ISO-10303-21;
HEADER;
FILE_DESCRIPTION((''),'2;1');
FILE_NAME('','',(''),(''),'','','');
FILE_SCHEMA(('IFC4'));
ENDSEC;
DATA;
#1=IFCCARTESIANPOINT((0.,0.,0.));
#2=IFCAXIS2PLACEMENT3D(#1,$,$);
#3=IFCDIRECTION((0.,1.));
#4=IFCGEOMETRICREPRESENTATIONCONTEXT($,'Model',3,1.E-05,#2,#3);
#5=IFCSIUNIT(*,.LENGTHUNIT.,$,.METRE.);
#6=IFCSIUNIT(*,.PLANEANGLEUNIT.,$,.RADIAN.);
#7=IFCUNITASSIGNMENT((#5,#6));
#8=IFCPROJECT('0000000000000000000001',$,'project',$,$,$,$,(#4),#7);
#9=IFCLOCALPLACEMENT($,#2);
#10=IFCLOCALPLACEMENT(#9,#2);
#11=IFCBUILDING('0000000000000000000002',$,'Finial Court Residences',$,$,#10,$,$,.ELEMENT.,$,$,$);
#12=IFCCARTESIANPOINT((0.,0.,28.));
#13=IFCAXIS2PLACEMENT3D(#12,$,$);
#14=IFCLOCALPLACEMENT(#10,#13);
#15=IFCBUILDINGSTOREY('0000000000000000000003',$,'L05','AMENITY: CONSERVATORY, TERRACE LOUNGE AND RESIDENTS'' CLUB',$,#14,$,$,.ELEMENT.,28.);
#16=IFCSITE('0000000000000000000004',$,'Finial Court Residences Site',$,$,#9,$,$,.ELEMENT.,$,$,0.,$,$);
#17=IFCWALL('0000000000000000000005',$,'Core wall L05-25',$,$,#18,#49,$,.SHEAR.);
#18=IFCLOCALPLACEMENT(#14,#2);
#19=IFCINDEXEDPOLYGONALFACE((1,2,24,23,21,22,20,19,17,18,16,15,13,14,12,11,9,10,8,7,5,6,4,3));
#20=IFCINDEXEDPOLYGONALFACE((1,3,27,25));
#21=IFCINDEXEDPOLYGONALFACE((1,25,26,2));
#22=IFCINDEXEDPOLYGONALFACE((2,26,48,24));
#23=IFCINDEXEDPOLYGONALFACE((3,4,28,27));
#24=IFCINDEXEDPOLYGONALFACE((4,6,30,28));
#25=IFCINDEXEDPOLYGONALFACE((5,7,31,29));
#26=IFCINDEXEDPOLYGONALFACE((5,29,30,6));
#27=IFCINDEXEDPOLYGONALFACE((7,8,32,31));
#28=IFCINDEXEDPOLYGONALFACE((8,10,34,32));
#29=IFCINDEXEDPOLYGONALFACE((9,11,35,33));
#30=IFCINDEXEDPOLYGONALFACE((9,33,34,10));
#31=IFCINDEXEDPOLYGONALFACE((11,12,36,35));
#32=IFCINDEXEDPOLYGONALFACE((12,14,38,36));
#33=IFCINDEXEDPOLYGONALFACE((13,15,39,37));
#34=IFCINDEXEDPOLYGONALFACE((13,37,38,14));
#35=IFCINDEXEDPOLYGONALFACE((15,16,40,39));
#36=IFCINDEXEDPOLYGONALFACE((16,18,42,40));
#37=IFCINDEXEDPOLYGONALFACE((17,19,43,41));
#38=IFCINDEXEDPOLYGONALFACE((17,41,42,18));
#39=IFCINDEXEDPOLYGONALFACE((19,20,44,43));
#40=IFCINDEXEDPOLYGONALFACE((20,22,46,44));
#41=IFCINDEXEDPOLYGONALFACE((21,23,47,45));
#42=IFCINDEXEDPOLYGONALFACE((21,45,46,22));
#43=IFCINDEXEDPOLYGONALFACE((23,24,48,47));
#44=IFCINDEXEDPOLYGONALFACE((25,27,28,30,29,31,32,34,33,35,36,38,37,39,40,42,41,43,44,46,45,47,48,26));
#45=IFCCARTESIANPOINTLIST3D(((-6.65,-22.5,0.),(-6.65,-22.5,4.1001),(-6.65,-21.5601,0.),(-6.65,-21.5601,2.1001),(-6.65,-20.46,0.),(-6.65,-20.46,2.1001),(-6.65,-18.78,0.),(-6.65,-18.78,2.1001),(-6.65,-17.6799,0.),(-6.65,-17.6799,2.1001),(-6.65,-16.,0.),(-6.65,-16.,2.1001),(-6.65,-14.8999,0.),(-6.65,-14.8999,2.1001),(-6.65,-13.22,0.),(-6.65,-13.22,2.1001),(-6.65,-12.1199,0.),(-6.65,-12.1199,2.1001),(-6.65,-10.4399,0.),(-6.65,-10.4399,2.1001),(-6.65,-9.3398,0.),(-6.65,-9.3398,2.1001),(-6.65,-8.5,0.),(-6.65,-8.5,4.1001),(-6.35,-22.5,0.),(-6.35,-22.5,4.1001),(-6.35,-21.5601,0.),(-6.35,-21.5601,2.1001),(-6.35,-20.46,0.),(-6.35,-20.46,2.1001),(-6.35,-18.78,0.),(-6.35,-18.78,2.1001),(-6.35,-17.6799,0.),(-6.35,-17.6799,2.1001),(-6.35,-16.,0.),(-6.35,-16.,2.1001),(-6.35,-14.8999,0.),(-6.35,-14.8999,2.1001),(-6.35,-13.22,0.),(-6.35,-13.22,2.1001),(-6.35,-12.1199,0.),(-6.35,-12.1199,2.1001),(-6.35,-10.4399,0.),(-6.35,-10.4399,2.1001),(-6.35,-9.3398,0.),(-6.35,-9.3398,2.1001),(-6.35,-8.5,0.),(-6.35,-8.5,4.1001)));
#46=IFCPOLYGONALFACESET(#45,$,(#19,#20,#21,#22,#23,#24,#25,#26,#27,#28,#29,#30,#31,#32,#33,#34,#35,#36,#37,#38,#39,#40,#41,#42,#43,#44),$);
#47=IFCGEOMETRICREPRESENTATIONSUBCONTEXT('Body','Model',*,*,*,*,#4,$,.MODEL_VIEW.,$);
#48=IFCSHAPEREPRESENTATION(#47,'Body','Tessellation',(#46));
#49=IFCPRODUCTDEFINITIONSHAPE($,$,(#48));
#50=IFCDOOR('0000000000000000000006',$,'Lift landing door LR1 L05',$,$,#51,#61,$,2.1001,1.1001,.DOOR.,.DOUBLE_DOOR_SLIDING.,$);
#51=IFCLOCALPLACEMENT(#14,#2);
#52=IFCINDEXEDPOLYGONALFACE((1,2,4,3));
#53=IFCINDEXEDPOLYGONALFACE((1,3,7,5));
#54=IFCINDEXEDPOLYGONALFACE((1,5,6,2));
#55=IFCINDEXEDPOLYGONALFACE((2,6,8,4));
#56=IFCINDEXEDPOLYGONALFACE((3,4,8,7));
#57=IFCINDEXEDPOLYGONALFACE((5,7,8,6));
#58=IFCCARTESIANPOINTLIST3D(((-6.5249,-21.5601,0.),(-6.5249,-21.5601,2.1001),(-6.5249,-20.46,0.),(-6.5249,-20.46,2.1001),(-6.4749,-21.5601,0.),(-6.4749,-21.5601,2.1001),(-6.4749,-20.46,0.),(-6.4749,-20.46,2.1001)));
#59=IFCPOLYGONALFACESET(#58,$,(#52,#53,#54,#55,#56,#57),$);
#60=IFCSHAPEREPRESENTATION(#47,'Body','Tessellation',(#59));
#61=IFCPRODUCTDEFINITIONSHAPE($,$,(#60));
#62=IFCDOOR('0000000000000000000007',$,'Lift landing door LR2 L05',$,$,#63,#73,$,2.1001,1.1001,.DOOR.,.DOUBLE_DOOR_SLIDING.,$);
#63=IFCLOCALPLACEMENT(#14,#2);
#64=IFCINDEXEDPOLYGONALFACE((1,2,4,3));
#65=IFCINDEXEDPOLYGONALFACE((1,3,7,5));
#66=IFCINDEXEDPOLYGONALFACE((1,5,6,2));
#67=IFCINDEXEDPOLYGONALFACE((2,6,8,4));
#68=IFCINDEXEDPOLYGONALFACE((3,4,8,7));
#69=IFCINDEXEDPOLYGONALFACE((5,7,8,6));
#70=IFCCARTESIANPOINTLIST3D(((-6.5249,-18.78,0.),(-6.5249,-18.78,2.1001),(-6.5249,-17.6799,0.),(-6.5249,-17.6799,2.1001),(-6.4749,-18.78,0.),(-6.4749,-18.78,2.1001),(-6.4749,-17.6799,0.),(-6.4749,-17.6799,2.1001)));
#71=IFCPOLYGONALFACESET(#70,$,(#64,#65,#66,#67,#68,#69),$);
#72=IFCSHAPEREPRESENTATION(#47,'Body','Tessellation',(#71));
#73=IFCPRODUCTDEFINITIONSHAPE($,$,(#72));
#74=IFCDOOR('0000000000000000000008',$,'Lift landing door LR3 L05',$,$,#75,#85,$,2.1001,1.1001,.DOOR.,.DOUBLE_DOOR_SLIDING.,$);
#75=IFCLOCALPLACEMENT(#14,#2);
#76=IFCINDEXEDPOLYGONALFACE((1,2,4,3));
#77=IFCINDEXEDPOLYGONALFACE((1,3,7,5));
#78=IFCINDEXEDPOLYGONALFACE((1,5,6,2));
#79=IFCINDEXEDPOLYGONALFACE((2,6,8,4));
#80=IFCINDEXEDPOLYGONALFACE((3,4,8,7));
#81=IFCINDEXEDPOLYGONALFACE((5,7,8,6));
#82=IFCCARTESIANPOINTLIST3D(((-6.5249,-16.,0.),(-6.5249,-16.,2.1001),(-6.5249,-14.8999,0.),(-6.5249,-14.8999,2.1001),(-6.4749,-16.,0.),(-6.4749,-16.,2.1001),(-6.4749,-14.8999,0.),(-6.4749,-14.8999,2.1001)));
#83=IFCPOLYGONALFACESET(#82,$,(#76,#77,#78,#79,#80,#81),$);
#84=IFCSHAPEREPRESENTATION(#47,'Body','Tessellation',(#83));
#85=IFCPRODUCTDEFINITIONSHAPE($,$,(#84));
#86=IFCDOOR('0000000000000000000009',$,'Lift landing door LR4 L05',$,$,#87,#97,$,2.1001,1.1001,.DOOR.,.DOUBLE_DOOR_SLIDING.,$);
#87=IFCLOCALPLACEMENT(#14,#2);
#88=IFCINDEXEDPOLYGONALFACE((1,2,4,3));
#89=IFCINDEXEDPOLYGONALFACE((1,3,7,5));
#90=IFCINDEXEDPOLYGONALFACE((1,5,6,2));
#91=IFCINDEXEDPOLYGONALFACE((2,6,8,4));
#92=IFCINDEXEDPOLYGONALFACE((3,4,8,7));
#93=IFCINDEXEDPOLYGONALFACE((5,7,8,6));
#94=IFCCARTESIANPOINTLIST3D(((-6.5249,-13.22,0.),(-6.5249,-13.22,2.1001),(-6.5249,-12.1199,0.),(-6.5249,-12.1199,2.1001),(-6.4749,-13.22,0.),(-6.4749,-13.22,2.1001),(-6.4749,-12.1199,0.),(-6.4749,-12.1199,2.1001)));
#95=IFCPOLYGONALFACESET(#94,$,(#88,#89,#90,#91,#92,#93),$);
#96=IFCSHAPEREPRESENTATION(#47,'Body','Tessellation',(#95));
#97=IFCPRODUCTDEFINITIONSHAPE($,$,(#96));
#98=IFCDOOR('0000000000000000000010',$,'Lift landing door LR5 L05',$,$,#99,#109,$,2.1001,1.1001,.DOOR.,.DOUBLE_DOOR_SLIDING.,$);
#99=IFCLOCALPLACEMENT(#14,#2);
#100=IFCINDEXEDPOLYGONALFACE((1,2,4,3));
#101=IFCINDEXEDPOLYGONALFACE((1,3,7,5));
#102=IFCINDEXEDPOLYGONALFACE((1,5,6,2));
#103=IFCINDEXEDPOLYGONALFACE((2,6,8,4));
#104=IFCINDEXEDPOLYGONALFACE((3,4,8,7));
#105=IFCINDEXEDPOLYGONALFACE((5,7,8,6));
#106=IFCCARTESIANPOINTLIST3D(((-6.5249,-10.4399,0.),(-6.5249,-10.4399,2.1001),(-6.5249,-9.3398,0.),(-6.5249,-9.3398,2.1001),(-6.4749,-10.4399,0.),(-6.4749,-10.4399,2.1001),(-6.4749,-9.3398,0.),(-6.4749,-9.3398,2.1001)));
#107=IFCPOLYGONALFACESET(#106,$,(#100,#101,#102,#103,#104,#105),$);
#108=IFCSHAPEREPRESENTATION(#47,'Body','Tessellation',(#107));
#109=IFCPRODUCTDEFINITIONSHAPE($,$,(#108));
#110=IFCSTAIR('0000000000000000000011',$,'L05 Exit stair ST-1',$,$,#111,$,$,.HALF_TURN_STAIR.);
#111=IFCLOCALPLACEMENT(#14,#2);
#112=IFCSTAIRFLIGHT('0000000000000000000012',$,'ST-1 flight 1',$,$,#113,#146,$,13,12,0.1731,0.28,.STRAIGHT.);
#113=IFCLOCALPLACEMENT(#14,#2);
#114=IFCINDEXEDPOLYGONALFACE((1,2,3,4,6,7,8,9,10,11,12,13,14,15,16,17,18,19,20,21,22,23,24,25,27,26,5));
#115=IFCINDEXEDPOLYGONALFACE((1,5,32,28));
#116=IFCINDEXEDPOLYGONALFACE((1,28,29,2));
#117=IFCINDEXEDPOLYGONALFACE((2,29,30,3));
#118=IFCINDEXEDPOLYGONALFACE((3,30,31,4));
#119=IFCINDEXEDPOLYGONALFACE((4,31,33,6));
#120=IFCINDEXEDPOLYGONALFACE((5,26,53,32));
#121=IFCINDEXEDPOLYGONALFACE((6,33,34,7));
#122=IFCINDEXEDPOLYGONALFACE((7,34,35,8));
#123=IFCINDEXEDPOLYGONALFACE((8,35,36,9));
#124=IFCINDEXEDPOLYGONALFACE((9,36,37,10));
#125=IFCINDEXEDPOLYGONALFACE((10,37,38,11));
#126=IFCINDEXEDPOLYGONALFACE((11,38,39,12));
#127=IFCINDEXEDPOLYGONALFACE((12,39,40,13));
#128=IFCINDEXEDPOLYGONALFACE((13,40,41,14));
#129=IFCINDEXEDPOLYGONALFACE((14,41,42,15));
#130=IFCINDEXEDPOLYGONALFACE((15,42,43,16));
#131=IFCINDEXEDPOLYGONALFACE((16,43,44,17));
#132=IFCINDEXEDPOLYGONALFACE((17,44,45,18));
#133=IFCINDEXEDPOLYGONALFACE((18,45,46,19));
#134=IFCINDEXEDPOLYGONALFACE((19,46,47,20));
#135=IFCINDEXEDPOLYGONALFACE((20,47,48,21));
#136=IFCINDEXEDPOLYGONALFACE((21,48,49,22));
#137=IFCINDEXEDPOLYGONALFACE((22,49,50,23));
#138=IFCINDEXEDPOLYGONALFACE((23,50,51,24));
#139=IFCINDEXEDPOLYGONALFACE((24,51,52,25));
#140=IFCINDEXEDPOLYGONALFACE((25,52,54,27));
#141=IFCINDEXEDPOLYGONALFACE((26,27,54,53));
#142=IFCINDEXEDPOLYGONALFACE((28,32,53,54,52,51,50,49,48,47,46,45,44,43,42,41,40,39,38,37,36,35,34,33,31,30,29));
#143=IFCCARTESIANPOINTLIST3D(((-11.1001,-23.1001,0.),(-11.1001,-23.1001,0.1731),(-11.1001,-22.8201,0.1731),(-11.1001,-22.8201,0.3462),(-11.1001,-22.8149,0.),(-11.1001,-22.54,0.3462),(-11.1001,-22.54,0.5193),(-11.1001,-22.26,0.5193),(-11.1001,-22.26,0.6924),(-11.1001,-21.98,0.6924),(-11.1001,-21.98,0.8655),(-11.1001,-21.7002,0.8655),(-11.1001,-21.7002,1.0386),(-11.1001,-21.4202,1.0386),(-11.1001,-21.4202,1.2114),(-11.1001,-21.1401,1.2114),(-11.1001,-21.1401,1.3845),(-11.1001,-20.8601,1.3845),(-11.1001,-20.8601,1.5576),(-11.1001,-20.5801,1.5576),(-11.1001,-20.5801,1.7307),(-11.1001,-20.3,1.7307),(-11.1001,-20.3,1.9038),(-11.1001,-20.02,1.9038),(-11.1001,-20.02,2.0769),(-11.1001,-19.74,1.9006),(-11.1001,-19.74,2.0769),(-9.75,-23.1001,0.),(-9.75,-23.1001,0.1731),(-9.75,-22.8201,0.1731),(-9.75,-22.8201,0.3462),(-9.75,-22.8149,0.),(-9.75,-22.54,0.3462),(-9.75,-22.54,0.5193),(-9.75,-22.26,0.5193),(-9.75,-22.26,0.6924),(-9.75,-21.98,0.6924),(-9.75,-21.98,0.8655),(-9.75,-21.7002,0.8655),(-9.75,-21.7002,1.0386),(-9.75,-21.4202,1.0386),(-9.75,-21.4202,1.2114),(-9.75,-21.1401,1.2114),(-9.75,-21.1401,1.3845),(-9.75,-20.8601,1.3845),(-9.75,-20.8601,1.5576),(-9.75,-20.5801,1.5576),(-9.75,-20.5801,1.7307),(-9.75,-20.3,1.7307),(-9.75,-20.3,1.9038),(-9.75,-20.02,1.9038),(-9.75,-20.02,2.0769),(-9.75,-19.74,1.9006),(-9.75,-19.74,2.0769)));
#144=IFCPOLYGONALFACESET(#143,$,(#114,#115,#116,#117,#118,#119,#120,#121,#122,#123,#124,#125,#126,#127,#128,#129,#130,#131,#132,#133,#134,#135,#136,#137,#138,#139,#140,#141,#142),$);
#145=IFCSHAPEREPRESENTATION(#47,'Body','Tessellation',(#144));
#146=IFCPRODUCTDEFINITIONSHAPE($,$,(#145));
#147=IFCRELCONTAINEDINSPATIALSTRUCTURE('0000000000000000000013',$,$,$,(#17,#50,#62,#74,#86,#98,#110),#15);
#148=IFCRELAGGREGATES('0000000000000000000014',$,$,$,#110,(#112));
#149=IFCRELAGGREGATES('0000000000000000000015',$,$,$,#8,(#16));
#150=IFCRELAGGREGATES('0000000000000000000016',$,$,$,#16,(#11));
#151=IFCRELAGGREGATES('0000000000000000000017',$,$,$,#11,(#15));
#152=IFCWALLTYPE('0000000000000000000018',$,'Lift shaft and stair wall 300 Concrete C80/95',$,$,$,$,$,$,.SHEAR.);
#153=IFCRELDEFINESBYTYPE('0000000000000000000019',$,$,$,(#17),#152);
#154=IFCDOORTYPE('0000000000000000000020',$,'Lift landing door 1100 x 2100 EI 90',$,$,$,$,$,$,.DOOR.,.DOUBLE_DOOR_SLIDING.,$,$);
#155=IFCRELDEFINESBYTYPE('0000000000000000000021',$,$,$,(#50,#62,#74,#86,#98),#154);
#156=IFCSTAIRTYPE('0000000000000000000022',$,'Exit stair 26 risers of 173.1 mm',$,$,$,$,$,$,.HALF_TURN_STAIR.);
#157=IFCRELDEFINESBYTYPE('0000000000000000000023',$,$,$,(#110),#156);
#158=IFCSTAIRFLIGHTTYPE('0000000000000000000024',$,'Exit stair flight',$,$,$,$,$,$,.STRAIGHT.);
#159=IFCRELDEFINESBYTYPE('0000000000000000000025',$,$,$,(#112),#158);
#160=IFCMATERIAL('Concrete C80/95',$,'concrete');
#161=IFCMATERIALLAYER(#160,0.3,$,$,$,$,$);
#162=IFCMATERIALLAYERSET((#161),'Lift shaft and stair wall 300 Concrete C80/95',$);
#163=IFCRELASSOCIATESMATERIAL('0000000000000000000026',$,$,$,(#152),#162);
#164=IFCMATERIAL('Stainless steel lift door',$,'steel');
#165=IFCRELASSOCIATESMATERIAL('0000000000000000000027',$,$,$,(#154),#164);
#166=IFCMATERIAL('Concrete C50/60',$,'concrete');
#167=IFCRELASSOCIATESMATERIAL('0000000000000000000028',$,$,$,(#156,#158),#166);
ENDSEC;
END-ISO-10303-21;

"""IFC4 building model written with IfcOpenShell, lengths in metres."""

from ifc_helpers import new_model, si_unit, direction, frame, frame_2d, origin, place, context, subcontext, project, spatial, polyline, rectangle, outline, extrude, material, layer, layer_set, type_object, element, fill, aggregate, save


model = new_model("IFC4")

# Units and contexts
model_context = context("Model", 3, precision=1e-05, world=origin(), true_north=direction((0.0, 1.0)))
body_context = subcontext(model_context, "Body", "Model", "MODEL_VIEW")
ifc_project = project(units=[si_unit("LENGTHUNIT", "METRE"), si_unit("PLANEANGLEUNIT", "RADIAN")], contexts=[model_context])

# Site, building, storey
site_placement = place(None, origin())
site = spatial("IfcSite", under=ifc_project, at=site_placement, Name="Finial Court Residences Site", CompositionType="ELEMENT", RefElevation=0.0)
building_placement = place(site_placement, origin())
building = spatial("IfcBuilding", under=site, at=building_placement, Name="Finial Court Residences", CompositionType="ELEMENT")
storey_placement = place(building_placement, frame((0.0, 0.0, 28.0)))
storey = spatial("IfcBuildingStorey", under=building, at=storey_placement, Name="L05", Description="AMENITY: CONSERVATORY, TERRACE LOUNGE AND RESIDENTS' CLUB", CompositionType="ELEMENT", Elevation=28.0)

# Shared definitions
ifc_material_1 = material(Name="Concrete C50/60", Category="concrete")

# Shared definitions
ifc_material_2 = material(Name="Concrete C80/95", Category="concrete")
ifc_layer_1 = layer(ifc_material_2, 0.3)
ifc_layer_set_1 = layer_set([ifc_layer_1], Name="Lift shaft and stair wall 300 Concrete C80/95")
wall_type_1 = type_object("IfcWallType", Name="Lift shaft and stair wall 300 Concrete C80/95", PredefinedType="SHEAR", material=ifc_layer_set_1)

# Wall, openings, doors
wall_1_placement = place(storey_placement, frame((-6.5, -22.5, 0.0), z_axis=(0.0, 0.0, 1.0), x_axis=(0.0, 1.0, 0.0)))
wall_1 = element("IfcWall", 1, at=wall_1_placement, inside=storey, type_object=wall_type_1, Name="Core wall L05-25", PredefinedType="SHEAR", context=body_context, shape_type="SweptSolid", body=[
    extrude(rectangle(XDim=14.0, YDim=0.3, at=frame_2d((7.0, 0.0))), origin(), (0.0, 0.0, 1.0), 4.1001),
])
opening_1_placement = place(wall_1_placement, frame((0.9399, 0.0, 0.0)))
opening_1 = element("IfcOpeningElement", 2, at=opening_1_placement, cuts=wall_1, PredefinedType="OPENING", context=body_context, shape_type="SweptSolid", body=[
    extrude(rectangle(XDim=1.1001, YDim=2.1001, at=frame_2d((0.55, 1.05))), frame((0.0, 0.1599, 0.0), z_axis=(0.0, -1.0, 0.0), x_axis=(1.0, 0.0, 0.0)), (0.0, 0.0, 1.0), 0.3201),
])
opening_2_placement = place(wall_1_placement, frame((3.72, 0.0, 0.0)))
opening_2 = element("IfcOpeningElement", 3, at=opening_2_placement, cuts=wall_1, PredefinedType="OPENING", context=body_context, shape_type="SweptSolid", body=[
    extrude(rectangle(XDim=1.1001, YDim=2.1001, at=frame_2d((0.55, 1.05))), frame((0.0, 0.1599, 0.0), z_axis=(0.0, -1.0, 0.0), x_axis=(1.0, 0.0, 0.0)), (0.0, 0.0, 1.0), 0.3201),
])
opening_3_placement = place(wall_1_placement, frame((6.5, 0.0, 0.0)))
opening_3 = element("IfcOpeningElement", 4, at=opening_3_placement, cuts=wall_1, PredefinedType="OPENING", context=body_context, shape_type="SweptSolid", body=[
    extrude(rectangle(XDim=1.1001, YDim=2.1001, at=frame_2d((0.55, 1.05))), frame((0.0, 0.1599, 0.0), z_axis=(0.0, -1.0, 0.0), x_axis=(1.0, 0.0, 0.0)), (0.0, 0.0, 1.0), 0.3201),
])
opening_4_placement = place(wall_1_placement, frame((9.28, 0.0, 0.0)))
opening_4 = element("IfcOpeningElement", 5, at=opening_4_placement, cuts=wall_1, PredefinedType="OPENING", context=body_context, shape_type="SweptSolid", body=[
    extrude(rectangle(XDim=1.1001, YDim=2.1001, at=frame_2d((0.55, 1.05))), frame((0.0, 0.1599, 0.0), z_axis=(0.0, -1.0, 0.0), x_axis=(1.0, 0.0, 0.0)), (0.0, 0.0, 1.0), 0.3201),
])
opening_5_placement = place(wall_1_placement, frame((12.0601, 0.0, 0.0)))
opening_5 = element("IfcOpeningElement", 6, at=opening_5_placement, cuts=wall_1, PredefinedType="OPENING", context=body_context, shape_type="SweptSolid", body=[
    extrude(rectangle(XDim=1.1001, YDim=2.1001, at=frame_2d((0.55, 1.05))), frame((0.0, 0.1599, 0.0), z_axis=(0.0, -1.0, 0.0), x_axis=(1.0, 0.0, 0.0)), (0.0, 0.0, 1.0), 0.3201),
])
ifc_material_3 = material(Name="Stainless steel lift door", Category="steel")
door_type_1 = type_object("IfcDoorType", Name="Lift landing door 1100 x 2100 EI 90", OperationType="DOUBLE_DOOR_SLIDING", PredefinedType="DOOR", material=ifc_material_3)
door_1_placement = place(opening_1_placement, origin())
door_1 = element("IfcDoor", 7, at=door_1_placement, inside=storey, type_object=door_type_1, Name="Lift landing door LR1 L05", OperationType="DOUBLE_DOOR_SLIDING", OverallHeight=2.1001, OverallWidth=1.1001, PredefinedType="DOOR", context=body_context, shape_type="SweptSolid", body=[
    extrude(rectangle(XDim=1.1001, YDim=2.1001, at=frame_2d((0.55, 1.05))), frame((0.0, 0.0249, 0.0), z_axis=(0.0, -1.0, 0.0), x_axis=(1.0, 0.0, 0.0)), (0.0, 0.0, 1.0), 0.05),
])
fill(opening_1, door_1)
door_2_placement = place(opening_2_placement, origin())
door_2 = element("IfcDoor", 8, at=door_2_placement, inside=storey, type_object=door_type_1, Name="Lift landing door LR2 L05", OperationType="DOUBLE_DOOR_SLIDING", OverallHeight=2.1001, OverallWidth=1.1001, PredefinedType="DOOR", context=body_context, shape_type="SweptSolid", body=[
    extrude(rectangle(XDim=1.1001, YDim=2.1001, at=frame_2d((0.55, 1.05))), frame((0.0, 0.0249, 0.0), z_axis=(0.0, -1.0, 0.0), x_axis=(1.0, 0.0, 0.0)), (0.0, 0.0, 1.0), 0.05),
])
fill(opening_2, door_2)
door_3_placement = place(opening_3_placement, origin())
door_3 = element("IfcDoor", 9, at=door_3_placement, inside=storey, type_object=door_type_1, Name="Lift landing door LR3 L05", OperationType="DOUBLE_DOOR_SLIDING", OverallHeight=2.1001, OverallWidth=1.1001, PredefinedType="DOOR", context=body_context, shape_type="SweptSolid", body=[
    extrude(rectangle(XDim=1.1001, YDim=2.1001, at=frame_2d((0.55, 1.05))), frame((0.0, 0.0249, 0.0), z_axis=(0.0, -1.0, 0.0), x_axis=(1.0, 0.0, 0.0)), (0.0, 0.0, 1.0), 0.05),
])
fill(opening_3, door_3)
door_4_placement = place(opening_4_placement, origin())
door_4 = element("IfcDoor", 10, at=door_4_placement, inside=storey, type_object=door_type_1, Name="Lift landing door LR4 L05", OperationType="DOUBLE_DOOR_SLIDING", OverallHeight=2.1001, OverallWidth=1.1001, PredefinedType="DOOR", context=body_context, shape_type="SweptSolid", body=[
    extrude(rectangle(XDim=1.1001, YDim=2.1001, at=frame_2d((0.55, 1.05))), frame((0.0, 0.0249, 0.0), z_axis=(0.0, -1.0, 0.0), x_axis=(1.0, 0.0, 0.0)), (0.0, 0.0, 1.0), 0.05),
])
fill(opening_4, door_4)
door_5_placement = place(opening_5_placement, origin())
door_5 = element("IfcDoor", 11, at=door_5_placement, inside=storey, type_object=door_type_1, Name="Lift landing door LR5 L05", OperationType="DOUBLE_DOOR_SLIDING", OverallHeight=2.1001, OverallWidth=1.1001, PredefinedType="DOOR", context=body_context, shape_type="SweptSolid", body=[
    extrude(rectangle(XDim=1.1001, YDim=2.1001, at=frame_2d((0.55, 1.05))), frame((0.0, 0.0249, 0.0), z_axis=(0.0, -1.0, 0.0), x_axis=(1.0, 0.0, 0.0)), (0.0, 0.0, 1.0), 0.05),
])
fill(opening_5, door_5)

# Stair, stair flight
stair_type = type_object("IfcStairType", Name="Exit stair 26 risers of 173.1 mm", PredefinedType="HALF_TURN_STAIR", material=ifc_material_1)
stair_placement = place(storey_placement, origin())
stair = element("IfcStair", 12, at=stair_placement, inside=storey, type_object=stair_type, Name="L05 Exit stair ST-1", PredefinedType="HALF_TURN_STAIR")
stair_flight_type = type_object("IfcStairFlightType", Name="Exit stair flight", PredefinedType="STRAIGHT", material=ifc_material_1)
stair_flight_placement = place(storey_placement, frame((-10.425, -23.1001, 0.0), z_axis=(0.0, 0.0, 1.0), x_axis=(0.0, 1.0, 0.0)))
stair_flight = element("IfcStairFlight", 13, at=stair_flight_placement, type_object=stair_flight_type, Name="ST-1 flight 1", NumberOfRisers=13, NumberOfTreads=12, PredefinedType="STRAIGHT", RiserHeight=0.1731, TreadLength=0.28, context=body_context, shape_type="SweptSolid", body=[
    extrude(outline(polyline([(0.0, 0.0), (0.0, 0.1731), (0.28, 0.1731), (0.28, 0.3462), (0.5601, 0.3462), (0.5601, 0.5193), (0.8401, 0.5193), (0.8401, 0.6924), (1.1201, 0.6924), (1.1201, 0.8655), (1.3999, 0.8655), (1.3999, 1.0386), (1.6799, 1.0386), (1.6799, 1.2114), (1.96, 1.2114), (1.96, 1.3845), (2.24, 1.3845), (2.24, 1.5576), (2.52, 1.5576), (2.52, 1.7307), (2.8, 1.7307), (2.8, 1.9038), (3.0801, 1.9038), (3.0801, 2.0769), (3.3601, 2.0769), (3.3601, 2.25), (3.3601, 1.9006), (0.2852, 0.0), (0.0, 0.0)])), frame((0.0, 0.675, 0.0), z_axis=(0.0, -1.0, 0.0), x_axis=(1.0, 0.0, 0.0)), (0.0, 0.0, 1.0), 1.3501),
])
aggregate(stair, [stair_flight])

save(model, "model.ifc")
